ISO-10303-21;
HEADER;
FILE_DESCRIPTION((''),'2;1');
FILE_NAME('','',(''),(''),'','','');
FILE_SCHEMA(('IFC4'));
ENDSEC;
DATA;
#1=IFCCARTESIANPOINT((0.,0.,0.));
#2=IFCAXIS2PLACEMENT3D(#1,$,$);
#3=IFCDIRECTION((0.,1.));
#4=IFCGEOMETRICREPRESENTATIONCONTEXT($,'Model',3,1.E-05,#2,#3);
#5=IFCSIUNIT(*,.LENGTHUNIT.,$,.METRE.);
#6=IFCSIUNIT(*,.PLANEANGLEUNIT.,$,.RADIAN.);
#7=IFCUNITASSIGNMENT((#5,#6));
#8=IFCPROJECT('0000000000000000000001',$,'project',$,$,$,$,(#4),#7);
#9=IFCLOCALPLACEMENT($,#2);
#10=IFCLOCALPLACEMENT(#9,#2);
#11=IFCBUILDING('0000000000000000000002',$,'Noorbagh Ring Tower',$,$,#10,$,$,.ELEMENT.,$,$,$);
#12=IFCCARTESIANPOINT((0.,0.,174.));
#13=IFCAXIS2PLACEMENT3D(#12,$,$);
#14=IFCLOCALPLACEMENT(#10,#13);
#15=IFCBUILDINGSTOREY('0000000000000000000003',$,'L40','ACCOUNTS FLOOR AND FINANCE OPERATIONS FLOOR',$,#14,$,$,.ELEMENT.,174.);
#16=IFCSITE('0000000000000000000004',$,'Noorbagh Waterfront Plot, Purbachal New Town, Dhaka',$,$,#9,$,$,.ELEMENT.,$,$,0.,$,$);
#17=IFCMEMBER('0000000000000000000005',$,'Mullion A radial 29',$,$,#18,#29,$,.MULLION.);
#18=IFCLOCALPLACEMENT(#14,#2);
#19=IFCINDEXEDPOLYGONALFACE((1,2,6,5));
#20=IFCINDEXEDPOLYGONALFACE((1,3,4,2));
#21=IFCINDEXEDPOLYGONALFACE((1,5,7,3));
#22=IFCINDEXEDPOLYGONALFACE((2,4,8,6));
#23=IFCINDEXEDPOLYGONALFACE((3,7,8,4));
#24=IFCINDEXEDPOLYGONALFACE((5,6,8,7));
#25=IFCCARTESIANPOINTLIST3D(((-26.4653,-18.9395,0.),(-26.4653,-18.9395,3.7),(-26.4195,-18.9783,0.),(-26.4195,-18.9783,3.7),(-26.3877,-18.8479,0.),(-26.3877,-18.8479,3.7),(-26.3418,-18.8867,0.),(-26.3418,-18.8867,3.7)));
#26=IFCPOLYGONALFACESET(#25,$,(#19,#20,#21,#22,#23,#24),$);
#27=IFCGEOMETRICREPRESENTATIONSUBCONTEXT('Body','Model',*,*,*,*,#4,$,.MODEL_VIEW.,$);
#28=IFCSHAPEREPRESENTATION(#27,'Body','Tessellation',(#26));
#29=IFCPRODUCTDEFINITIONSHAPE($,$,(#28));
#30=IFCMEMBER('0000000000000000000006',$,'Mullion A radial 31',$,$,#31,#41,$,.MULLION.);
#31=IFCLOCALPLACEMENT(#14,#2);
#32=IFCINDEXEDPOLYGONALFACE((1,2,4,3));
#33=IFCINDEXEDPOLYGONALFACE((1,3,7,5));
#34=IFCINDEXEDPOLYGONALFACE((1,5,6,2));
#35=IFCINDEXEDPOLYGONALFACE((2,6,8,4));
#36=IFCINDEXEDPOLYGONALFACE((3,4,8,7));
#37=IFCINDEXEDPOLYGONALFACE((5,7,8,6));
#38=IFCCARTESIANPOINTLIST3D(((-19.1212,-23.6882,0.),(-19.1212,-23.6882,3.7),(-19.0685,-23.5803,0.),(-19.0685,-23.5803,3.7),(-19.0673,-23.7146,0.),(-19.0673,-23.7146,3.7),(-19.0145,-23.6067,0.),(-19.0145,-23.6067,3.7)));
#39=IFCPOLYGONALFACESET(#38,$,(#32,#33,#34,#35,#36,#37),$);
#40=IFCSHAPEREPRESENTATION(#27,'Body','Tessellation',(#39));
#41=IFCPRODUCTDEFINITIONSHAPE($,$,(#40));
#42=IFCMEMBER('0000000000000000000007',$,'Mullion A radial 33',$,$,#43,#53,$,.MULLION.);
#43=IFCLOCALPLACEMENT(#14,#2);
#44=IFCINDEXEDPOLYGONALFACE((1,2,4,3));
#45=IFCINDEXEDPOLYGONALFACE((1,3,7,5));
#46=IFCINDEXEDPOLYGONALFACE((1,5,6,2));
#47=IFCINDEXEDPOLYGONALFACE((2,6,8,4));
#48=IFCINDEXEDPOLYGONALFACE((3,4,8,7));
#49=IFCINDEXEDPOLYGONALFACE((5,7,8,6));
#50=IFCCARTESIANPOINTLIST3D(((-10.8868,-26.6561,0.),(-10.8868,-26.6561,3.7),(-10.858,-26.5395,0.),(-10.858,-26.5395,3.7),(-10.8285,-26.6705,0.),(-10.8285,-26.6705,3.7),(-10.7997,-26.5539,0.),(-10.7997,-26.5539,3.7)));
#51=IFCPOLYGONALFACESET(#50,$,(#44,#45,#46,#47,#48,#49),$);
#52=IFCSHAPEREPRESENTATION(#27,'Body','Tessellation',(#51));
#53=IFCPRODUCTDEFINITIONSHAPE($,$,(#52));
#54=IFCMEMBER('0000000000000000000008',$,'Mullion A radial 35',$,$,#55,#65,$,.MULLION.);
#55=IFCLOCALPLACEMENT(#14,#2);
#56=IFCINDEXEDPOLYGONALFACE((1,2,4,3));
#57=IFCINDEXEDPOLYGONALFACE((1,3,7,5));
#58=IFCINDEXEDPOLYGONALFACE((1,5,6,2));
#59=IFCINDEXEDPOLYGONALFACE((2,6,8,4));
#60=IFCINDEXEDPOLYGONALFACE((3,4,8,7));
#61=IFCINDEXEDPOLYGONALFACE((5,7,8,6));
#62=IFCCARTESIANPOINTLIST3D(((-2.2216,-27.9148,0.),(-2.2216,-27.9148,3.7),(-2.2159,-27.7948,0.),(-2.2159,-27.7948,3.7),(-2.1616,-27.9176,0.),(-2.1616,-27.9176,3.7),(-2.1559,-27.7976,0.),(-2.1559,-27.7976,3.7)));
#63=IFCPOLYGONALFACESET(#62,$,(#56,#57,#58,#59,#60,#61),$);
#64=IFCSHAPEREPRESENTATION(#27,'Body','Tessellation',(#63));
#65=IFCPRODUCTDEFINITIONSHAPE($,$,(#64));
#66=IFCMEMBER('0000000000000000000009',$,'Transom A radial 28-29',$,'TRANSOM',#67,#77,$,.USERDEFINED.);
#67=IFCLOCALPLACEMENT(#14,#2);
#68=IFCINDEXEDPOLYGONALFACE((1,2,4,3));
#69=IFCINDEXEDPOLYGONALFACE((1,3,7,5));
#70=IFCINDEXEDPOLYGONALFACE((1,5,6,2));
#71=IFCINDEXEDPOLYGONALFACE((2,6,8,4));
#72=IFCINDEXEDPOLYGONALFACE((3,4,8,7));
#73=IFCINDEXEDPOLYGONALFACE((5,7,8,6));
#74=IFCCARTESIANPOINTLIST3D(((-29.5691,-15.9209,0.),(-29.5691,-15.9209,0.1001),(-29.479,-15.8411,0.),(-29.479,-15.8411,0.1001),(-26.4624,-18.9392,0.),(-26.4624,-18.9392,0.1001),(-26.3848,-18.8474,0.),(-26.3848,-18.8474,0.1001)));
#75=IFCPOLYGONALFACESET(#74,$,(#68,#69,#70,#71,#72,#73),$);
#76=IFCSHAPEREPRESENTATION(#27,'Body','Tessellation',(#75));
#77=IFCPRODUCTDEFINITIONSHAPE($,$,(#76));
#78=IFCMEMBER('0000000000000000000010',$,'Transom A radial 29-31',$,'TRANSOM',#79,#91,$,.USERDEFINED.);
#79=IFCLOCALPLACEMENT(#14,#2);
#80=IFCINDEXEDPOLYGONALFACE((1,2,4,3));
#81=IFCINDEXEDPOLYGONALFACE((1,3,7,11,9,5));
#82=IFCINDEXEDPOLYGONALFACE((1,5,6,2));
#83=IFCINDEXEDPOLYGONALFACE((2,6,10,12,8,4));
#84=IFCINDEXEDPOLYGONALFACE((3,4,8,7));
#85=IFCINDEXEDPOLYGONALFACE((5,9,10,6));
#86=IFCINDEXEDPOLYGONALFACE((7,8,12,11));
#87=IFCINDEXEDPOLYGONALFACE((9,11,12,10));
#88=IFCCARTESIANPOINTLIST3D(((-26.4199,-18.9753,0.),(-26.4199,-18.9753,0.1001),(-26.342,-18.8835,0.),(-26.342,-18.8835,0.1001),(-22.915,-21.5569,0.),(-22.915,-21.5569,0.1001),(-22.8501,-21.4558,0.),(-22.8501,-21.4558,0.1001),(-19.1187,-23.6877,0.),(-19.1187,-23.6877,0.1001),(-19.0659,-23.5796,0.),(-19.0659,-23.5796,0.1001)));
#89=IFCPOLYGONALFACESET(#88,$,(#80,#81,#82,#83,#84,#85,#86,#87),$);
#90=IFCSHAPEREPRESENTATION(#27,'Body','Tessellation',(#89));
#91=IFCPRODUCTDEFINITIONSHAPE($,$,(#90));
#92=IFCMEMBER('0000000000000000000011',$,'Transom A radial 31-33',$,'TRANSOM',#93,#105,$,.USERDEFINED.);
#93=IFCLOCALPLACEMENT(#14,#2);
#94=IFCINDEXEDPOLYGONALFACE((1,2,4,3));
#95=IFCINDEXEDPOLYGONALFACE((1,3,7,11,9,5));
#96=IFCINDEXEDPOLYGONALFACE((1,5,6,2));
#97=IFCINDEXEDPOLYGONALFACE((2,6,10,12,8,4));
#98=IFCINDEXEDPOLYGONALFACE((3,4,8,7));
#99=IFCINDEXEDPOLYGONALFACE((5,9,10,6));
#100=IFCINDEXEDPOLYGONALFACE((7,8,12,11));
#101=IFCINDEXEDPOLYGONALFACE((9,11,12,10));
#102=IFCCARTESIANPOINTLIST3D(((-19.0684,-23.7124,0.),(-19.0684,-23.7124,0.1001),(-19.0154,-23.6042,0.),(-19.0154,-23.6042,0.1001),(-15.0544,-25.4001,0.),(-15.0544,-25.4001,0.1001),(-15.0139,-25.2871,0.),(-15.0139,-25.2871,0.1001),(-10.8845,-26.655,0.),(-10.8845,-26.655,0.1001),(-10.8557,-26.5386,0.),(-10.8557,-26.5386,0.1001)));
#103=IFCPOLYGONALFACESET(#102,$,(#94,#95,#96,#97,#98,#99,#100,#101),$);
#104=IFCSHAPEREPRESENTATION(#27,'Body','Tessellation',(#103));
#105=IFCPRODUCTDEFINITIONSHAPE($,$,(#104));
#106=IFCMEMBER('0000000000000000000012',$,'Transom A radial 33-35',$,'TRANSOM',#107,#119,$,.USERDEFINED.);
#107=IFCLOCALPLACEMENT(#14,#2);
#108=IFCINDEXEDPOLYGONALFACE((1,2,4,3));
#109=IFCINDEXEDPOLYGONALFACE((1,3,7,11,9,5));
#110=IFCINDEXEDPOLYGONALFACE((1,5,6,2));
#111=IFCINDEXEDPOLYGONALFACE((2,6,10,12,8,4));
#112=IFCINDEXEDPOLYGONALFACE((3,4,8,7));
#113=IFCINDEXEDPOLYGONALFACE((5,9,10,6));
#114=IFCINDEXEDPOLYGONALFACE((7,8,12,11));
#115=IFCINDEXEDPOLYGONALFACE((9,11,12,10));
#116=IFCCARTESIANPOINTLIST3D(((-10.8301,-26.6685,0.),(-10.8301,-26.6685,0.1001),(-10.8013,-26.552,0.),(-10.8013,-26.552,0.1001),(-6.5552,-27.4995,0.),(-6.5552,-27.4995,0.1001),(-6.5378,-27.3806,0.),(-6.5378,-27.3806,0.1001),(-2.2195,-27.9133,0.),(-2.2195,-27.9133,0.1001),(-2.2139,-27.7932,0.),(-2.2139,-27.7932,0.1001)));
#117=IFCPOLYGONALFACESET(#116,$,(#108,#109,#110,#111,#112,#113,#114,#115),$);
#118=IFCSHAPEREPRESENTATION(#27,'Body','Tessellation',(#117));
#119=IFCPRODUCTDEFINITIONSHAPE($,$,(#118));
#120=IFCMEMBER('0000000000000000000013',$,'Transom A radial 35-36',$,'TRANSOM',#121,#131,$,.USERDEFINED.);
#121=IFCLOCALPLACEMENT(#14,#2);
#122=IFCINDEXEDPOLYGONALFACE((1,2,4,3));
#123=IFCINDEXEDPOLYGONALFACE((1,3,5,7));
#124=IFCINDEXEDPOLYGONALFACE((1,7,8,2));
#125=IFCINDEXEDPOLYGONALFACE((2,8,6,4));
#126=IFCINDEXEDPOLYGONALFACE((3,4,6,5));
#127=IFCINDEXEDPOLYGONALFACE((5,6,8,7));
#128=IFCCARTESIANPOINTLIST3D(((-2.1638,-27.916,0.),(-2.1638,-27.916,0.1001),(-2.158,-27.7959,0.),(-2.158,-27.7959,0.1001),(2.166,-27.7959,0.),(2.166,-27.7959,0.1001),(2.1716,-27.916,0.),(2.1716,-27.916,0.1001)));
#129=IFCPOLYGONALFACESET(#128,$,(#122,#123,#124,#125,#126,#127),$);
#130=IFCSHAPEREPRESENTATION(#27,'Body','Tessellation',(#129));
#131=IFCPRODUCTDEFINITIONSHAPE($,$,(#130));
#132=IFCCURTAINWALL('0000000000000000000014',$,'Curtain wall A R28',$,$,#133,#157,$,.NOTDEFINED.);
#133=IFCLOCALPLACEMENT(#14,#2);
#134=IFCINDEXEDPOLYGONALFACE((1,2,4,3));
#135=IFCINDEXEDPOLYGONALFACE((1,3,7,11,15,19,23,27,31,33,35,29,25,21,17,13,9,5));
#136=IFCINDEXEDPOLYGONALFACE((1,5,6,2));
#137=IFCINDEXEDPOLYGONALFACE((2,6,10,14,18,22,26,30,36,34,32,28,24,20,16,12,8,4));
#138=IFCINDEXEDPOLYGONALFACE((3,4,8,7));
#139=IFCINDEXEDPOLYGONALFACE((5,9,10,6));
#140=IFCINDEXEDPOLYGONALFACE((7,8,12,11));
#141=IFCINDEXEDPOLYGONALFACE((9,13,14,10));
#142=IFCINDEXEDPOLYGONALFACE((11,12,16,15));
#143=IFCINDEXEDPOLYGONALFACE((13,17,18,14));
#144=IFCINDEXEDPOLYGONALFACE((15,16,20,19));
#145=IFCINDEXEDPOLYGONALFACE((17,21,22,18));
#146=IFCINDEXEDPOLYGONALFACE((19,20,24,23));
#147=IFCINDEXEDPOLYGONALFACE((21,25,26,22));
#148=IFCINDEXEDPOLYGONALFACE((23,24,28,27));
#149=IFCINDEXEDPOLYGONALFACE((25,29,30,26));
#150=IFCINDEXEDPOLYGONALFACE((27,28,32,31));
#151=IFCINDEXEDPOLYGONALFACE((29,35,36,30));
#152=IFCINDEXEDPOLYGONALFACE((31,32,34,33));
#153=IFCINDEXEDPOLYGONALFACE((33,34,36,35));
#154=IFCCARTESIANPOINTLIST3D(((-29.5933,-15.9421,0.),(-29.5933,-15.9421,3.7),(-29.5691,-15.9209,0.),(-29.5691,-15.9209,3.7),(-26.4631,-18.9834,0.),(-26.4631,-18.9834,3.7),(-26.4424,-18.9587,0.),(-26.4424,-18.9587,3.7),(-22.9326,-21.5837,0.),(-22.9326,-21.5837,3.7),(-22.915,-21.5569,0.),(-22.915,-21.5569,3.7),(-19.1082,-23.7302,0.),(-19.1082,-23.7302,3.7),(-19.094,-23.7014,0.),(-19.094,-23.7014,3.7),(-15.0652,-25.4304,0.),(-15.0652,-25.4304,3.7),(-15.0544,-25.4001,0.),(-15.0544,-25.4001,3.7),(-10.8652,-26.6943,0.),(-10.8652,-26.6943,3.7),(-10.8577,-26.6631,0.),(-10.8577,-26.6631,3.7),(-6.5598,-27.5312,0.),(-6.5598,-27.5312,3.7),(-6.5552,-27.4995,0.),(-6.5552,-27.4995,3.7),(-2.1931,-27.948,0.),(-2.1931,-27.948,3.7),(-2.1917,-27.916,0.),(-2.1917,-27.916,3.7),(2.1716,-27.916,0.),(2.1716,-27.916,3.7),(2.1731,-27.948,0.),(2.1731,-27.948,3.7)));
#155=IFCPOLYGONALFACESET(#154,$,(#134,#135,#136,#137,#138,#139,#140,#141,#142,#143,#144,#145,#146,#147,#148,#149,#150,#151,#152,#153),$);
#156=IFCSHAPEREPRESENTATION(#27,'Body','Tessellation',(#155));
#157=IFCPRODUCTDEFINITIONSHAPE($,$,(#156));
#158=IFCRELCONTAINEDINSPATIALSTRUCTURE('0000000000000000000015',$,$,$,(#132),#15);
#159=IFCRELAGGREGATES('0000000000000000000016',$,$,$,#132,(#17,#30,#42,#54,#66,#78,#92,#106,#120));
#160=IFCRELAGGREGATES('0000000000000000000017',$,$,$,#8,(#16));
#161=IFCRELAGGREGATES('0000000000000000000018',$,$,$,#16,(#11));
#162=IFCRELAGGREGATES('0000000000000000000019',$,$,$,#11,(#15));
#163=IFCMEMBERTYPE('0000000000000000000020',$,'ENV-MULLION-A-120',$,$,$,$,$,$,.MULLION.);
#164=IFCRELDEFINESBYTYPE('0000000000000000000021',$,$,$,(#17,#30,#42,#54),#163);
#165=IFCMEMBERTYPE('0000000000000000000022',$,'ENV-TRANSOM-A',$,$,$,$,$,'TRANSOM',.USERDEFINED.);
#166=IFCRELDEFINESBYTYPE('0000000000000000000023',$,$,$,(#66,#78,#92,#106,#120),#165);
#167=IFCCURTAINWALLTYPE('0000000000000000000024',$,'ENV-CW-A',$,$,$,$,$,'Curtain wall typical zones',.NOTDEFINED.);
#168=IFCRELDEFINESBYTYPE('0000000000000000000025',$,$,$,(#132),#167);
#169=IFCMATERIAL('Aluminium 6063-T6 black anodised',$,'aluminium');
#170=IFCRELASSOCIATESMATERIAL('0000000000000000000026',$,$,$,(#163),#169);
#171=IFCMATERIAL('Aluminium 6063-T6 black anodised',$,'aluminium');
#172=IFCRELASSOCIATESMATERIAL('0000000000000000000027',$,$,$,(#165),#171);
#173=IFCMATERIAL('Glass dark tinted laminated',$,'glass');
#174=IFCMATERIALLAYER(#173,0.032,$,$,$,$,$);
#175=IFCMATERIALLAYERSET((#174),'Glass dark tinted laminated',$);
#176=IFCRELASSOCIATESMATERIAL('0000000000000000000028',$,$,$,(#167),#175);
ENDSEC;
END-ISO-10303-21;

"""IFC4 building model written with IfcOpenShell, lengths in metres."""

from ifc_helpers import new_model, si_unit, direction, frame, origin, origin_2d, place, context, subcontext, project, spatial, polyline, rectangle, outline, extrude, material, layer, layer_set, material_profile, profile_set, type_object, element, aggregate, save


model = new_model("IFC4")

# Units and contexts
model_context = context("Model", 3, precision=1e-05, world=origin(), true_north=direction((0.0, 1.0)))
body_context = subcontext(model_context, "Body", "Model", "MODEL_VIEW")
ifc_project = project(units=[si_unit("LENGTHUNIT", "METRE"), si_unit("PLANEANGLEUNIT", "RADIAN")], contexts=[model_context])

# Members
ifc_material_1 = material(Name="Aluminium 6063-T6 black anodised", Category="aluminium")
ifc_material_profile = material_profile(ifc_material_1, rectangle(XDim=0.1201, YDim=0.0601, at=origin_2d()), Name="120x60")
ifc_profile_set = profile_set([ifc_material_profile], Name="Aluminium 6063-T6 black anodised")
member_type_1 = type_object("IfcMemberType", Name="ENV-MULLION-A-120", PredefinedType="MULLION", material=ifc_profile_set)
site_placement = place(None, origin())
building_placement = place(site_placement, origin())
storey_placement = place(building_placement, frame((0.0, 0.0, 174.0)))
member_1_placement = place(storey_placement, frame((-26.4036, -18.9131, 0.0), z_axis=(0.0, 0.0, 1.0), x_axis=(0.646451, 0.762955, 0.0)))
member_1 = element("IfcMember", 1, at=member_1_placement, type_object=member_type_1, Name="Mullion A radial 29", PredefinedType="MULLION", context=body_context, shape_type="SweptSolid", body=[
    extrude(rectangle(XDim=0.1201, YDim=0.0601, at=origin_2d()), origin(), (0.0, 0.0, 1.0), 3.7),
])
member_2_placement = place(storey_placement, frame((-19.0679, -23.6475, 0.0), z_axis=(0.0, 0.0, 1.0), x_axis=(0.439238, 0.898371, 0.0)))
member_2 = element("IfcMember", 2, at=member_2_placement, type_object=member_type_1, Name="Mullion A radial 31", PredefinedType="MULLION", context=body_context, shape_type="SweptSolid", body=[
    extrude(rectangle(XDim=0.1201, YDim=0.0601, at=origin_2d()), origin(), (0.0, 0.0, 1.0), 3.7),
])
member_3_placement = place(storey_placement, frame((-10.8433, -26.605, 0.0), z_axis=(0.0, 0.0, 1.0), x_axis=(0.239799, 0.970823, 0.0)))
member_3 = element("IfcMember", 3, at=member_3_placement, type_object=member_type_1, Name="Mullion A radial 33", PredefinedType="MULLION", context=body_context, shape_type="SweptSolid", body=[
    extrude(rectangle(XDim=0.1201, YDim=0.0601, at=origin_2d()), origin(), (0.0, 0.0, 1.0), 3.7),
])
member_4_placement = place(storey_placement, frame((-2.1887, -27.8562, 0.0), z_axis=(0.0, 0.0, 1.0), x_axis=(0.047558, 0.998868, 0.0)))
member_4 = element("IfcMember", 4, at=member_4_placement, type_object=member_type_1, Name="Mullion A radial 35", PredefinedType="MULLION", context=body_context, shape_type="SweptSolid", body=[
    extrude(rectangle(XDim=0.1201, YDim=0.0601, at=origin_2d()), origin(), (0.0, 0.0, 1.0), 3.7),
])
ifc_material_2 = material(Name="Aluminium 6063-T6 black anodised", Category="aluminium")
member_type_2 = type_object("IfcMemberType", Name="ENV-TRANSOM-A", ElementType="TRANSOM", PredefinedType="USERDEFINED", material=ifc_material_2)
member_5_placement = place(storey_placement, origin())
member_5 = element("IfcMember", 5, at=member_5_placement, type_object=member_type_2, Name="Transom A radial 28-29", ObjectType="TRANSOM", PredefinedType="USERDEFINED", context=body_context, shape_type="SweptSolid", body=[
    extrude(outline(polyline([(-29.5691, -15.9209), (-26.4624, -18.9392), (-26.3848, -18.8474), (-29.479, -15.8411), (-29.5691, -15.9209)])), origin(), (0.0, 0.0, 1.0), 0.1001),
])
member_6_placement = place(storey_placement, origin())
member_6 = element("IfcMember", 6, at=member_6_placement, type_object=member_type_2, Name="Transom A radial 29-31", ObjectType="TRANSOM", PredefinedType="USERDEFINED", context=body_context, shape_type="SweptSolid", body=[
    extrude(outline(polyline([(-26.4199, -18.9753), (-22.915, -21.5569), (-19.1187, -23.6877), (-19.0659, -23.5796), (-22.8501, -21.4558), (-26.342, -18.8835), (-26.4199, -18.9753)])), origin(), (0.0, 0.0, 1.0), 0.1001),
])
member_7_placement = place(storey_placement, origin())
member_7 = element("IfcMember", 7, at=member_7_placement, type_object=member_type_2, Name="Transom A radial 31-33", ObjectType="TRANSOM", PredefinedType="USERDEFINED", context=body_context, shape_type="SweptSolid", body=[
    extrude(outline(polyline([(-19.0684, -23.7124), (-15.0544, -25.4001), (-10.8845, -26.655), (-10.8557, -26.5386), (-15.0139, -25.2871), (-19.0154, -23.6042), (-19.0684, -23.7124)])), origin(), (0.0, 0.0, 1.0), 0.1001),
])
member_8_placement = place(storey_placement, origin())
member_8 = element("IfcMember", 8, at=member_8_placement, type_object=member_type_2, Name="Transom A radial 33-35", ObjectType="TRANSOM", PredefinedType="USERDEFINED", context=body_context, shape_type="SweptSolid", body=[
    extrude(outline(polyline([(-10.8301, -26.6685), (-6.5552, -27.4995), (-2.2195, -27.9133), (-2.2139, -27.7932), (-6.5378, -27.3806), (-10.8013, -26.552), (-10.8301, -26.6685)])), origin(), (0.0, 0.0, 1.0), 0.1001),
])
member_9_placement = place(storey_placement, origin())
member_9 = element("IfcMember", 9, at=member_9_placement, type_object=member_type_2, Name="Transom A radial 35-36", ObjectType="TRANSOM", PredefinedType="USERDEFINED", context=body_context, shape_type="SweptSolid", body=[
    extrude(outline(polyline([(-2.1638, -27.916), (2.1716, -27.916), (2.166, -27.7959), (-2.158, -27.7959), (-2.1638, -27.916)])), origin(), (0.0, 0.0, 1.0), 0.1001),
])

# Site, building, storey
site = spatial("IfcSite", under=ifc_project, at=site_placement, Name="Noorbagh Waterfront Plot, Purbachal New Town, Dhaka", CompositionType="ELEMENT", RefElevation=0.0)
building = spatial("IfcBuilding", under=site, at=building_placement, Name="Noorbagh Ring Tower", CompositionType="ELEMENT")
storey = spatial("IfcBuildingStorey", under=building, at=storey_placement, Name="L40", Description="ACCOUNTS FLOOR AND FINANCE OPERATIONS FLOOR", CompositionType="ELEMENT", Elevation=174.0)

# Curtain wall
ifc_material_3 = material(Name="Glass dark tinted laminated", Category="glass")
ifc_layer_1 = layer(ifc_material_3, 0.032)
ifc_layer_set_1 = layer_set([ifc_layer_1], Name="Glass dark tinted laminated")
curtain_wall_type = type_object("IfcCurtainWallType", Name="ENV-CW-A", ElementType="Curtain wall typical zones", PredefinedType="NOTDEFINED", material=ifc_layer_set_1)
curtain_wall_1_placement = place(storey_placement, origin())
curtain_wall_1 = element("IfcCurtainWall", 10, at=curtain_wall_1_placement, inside=storey, type_object=curtain_wall_type, Name="Curtain wall A R28", PredefinedType="NOTDEFINED", context=body_context, shape_type="SweptSolid", body=[
    extrude(outline(polyline([(-29.5933, -15.9421), (-26.4631, -18.9834), (-22.9326, -21.5837), (-19.1082, -23.7302), (-15.0652, -25.4304), (-10.8652, -26.6943), (-6.5598, -27.5312), (-2.1931, -27.948), (2.1731, -27.948), (2.1716, -27.916), (-2.1917, -27.916), (-6.5552, -27.4995), (-10.8577, -26.6631), (-15.0544, -25.4001), (-19.094, -23.7014), (-22.915, -21.5569), (-26.4424, -18.9587), (-29.5691, -15.9209), (-29.5933, -15.9421)])), origin(), (0.0, 0.0, 1.0), 3.7),
])
aggregate(curtain_wall_1, [member_1, member_2, member_3, member_4, member_5, member_6, member_7, member_8, member_9])

save(model, "model.ifc")
